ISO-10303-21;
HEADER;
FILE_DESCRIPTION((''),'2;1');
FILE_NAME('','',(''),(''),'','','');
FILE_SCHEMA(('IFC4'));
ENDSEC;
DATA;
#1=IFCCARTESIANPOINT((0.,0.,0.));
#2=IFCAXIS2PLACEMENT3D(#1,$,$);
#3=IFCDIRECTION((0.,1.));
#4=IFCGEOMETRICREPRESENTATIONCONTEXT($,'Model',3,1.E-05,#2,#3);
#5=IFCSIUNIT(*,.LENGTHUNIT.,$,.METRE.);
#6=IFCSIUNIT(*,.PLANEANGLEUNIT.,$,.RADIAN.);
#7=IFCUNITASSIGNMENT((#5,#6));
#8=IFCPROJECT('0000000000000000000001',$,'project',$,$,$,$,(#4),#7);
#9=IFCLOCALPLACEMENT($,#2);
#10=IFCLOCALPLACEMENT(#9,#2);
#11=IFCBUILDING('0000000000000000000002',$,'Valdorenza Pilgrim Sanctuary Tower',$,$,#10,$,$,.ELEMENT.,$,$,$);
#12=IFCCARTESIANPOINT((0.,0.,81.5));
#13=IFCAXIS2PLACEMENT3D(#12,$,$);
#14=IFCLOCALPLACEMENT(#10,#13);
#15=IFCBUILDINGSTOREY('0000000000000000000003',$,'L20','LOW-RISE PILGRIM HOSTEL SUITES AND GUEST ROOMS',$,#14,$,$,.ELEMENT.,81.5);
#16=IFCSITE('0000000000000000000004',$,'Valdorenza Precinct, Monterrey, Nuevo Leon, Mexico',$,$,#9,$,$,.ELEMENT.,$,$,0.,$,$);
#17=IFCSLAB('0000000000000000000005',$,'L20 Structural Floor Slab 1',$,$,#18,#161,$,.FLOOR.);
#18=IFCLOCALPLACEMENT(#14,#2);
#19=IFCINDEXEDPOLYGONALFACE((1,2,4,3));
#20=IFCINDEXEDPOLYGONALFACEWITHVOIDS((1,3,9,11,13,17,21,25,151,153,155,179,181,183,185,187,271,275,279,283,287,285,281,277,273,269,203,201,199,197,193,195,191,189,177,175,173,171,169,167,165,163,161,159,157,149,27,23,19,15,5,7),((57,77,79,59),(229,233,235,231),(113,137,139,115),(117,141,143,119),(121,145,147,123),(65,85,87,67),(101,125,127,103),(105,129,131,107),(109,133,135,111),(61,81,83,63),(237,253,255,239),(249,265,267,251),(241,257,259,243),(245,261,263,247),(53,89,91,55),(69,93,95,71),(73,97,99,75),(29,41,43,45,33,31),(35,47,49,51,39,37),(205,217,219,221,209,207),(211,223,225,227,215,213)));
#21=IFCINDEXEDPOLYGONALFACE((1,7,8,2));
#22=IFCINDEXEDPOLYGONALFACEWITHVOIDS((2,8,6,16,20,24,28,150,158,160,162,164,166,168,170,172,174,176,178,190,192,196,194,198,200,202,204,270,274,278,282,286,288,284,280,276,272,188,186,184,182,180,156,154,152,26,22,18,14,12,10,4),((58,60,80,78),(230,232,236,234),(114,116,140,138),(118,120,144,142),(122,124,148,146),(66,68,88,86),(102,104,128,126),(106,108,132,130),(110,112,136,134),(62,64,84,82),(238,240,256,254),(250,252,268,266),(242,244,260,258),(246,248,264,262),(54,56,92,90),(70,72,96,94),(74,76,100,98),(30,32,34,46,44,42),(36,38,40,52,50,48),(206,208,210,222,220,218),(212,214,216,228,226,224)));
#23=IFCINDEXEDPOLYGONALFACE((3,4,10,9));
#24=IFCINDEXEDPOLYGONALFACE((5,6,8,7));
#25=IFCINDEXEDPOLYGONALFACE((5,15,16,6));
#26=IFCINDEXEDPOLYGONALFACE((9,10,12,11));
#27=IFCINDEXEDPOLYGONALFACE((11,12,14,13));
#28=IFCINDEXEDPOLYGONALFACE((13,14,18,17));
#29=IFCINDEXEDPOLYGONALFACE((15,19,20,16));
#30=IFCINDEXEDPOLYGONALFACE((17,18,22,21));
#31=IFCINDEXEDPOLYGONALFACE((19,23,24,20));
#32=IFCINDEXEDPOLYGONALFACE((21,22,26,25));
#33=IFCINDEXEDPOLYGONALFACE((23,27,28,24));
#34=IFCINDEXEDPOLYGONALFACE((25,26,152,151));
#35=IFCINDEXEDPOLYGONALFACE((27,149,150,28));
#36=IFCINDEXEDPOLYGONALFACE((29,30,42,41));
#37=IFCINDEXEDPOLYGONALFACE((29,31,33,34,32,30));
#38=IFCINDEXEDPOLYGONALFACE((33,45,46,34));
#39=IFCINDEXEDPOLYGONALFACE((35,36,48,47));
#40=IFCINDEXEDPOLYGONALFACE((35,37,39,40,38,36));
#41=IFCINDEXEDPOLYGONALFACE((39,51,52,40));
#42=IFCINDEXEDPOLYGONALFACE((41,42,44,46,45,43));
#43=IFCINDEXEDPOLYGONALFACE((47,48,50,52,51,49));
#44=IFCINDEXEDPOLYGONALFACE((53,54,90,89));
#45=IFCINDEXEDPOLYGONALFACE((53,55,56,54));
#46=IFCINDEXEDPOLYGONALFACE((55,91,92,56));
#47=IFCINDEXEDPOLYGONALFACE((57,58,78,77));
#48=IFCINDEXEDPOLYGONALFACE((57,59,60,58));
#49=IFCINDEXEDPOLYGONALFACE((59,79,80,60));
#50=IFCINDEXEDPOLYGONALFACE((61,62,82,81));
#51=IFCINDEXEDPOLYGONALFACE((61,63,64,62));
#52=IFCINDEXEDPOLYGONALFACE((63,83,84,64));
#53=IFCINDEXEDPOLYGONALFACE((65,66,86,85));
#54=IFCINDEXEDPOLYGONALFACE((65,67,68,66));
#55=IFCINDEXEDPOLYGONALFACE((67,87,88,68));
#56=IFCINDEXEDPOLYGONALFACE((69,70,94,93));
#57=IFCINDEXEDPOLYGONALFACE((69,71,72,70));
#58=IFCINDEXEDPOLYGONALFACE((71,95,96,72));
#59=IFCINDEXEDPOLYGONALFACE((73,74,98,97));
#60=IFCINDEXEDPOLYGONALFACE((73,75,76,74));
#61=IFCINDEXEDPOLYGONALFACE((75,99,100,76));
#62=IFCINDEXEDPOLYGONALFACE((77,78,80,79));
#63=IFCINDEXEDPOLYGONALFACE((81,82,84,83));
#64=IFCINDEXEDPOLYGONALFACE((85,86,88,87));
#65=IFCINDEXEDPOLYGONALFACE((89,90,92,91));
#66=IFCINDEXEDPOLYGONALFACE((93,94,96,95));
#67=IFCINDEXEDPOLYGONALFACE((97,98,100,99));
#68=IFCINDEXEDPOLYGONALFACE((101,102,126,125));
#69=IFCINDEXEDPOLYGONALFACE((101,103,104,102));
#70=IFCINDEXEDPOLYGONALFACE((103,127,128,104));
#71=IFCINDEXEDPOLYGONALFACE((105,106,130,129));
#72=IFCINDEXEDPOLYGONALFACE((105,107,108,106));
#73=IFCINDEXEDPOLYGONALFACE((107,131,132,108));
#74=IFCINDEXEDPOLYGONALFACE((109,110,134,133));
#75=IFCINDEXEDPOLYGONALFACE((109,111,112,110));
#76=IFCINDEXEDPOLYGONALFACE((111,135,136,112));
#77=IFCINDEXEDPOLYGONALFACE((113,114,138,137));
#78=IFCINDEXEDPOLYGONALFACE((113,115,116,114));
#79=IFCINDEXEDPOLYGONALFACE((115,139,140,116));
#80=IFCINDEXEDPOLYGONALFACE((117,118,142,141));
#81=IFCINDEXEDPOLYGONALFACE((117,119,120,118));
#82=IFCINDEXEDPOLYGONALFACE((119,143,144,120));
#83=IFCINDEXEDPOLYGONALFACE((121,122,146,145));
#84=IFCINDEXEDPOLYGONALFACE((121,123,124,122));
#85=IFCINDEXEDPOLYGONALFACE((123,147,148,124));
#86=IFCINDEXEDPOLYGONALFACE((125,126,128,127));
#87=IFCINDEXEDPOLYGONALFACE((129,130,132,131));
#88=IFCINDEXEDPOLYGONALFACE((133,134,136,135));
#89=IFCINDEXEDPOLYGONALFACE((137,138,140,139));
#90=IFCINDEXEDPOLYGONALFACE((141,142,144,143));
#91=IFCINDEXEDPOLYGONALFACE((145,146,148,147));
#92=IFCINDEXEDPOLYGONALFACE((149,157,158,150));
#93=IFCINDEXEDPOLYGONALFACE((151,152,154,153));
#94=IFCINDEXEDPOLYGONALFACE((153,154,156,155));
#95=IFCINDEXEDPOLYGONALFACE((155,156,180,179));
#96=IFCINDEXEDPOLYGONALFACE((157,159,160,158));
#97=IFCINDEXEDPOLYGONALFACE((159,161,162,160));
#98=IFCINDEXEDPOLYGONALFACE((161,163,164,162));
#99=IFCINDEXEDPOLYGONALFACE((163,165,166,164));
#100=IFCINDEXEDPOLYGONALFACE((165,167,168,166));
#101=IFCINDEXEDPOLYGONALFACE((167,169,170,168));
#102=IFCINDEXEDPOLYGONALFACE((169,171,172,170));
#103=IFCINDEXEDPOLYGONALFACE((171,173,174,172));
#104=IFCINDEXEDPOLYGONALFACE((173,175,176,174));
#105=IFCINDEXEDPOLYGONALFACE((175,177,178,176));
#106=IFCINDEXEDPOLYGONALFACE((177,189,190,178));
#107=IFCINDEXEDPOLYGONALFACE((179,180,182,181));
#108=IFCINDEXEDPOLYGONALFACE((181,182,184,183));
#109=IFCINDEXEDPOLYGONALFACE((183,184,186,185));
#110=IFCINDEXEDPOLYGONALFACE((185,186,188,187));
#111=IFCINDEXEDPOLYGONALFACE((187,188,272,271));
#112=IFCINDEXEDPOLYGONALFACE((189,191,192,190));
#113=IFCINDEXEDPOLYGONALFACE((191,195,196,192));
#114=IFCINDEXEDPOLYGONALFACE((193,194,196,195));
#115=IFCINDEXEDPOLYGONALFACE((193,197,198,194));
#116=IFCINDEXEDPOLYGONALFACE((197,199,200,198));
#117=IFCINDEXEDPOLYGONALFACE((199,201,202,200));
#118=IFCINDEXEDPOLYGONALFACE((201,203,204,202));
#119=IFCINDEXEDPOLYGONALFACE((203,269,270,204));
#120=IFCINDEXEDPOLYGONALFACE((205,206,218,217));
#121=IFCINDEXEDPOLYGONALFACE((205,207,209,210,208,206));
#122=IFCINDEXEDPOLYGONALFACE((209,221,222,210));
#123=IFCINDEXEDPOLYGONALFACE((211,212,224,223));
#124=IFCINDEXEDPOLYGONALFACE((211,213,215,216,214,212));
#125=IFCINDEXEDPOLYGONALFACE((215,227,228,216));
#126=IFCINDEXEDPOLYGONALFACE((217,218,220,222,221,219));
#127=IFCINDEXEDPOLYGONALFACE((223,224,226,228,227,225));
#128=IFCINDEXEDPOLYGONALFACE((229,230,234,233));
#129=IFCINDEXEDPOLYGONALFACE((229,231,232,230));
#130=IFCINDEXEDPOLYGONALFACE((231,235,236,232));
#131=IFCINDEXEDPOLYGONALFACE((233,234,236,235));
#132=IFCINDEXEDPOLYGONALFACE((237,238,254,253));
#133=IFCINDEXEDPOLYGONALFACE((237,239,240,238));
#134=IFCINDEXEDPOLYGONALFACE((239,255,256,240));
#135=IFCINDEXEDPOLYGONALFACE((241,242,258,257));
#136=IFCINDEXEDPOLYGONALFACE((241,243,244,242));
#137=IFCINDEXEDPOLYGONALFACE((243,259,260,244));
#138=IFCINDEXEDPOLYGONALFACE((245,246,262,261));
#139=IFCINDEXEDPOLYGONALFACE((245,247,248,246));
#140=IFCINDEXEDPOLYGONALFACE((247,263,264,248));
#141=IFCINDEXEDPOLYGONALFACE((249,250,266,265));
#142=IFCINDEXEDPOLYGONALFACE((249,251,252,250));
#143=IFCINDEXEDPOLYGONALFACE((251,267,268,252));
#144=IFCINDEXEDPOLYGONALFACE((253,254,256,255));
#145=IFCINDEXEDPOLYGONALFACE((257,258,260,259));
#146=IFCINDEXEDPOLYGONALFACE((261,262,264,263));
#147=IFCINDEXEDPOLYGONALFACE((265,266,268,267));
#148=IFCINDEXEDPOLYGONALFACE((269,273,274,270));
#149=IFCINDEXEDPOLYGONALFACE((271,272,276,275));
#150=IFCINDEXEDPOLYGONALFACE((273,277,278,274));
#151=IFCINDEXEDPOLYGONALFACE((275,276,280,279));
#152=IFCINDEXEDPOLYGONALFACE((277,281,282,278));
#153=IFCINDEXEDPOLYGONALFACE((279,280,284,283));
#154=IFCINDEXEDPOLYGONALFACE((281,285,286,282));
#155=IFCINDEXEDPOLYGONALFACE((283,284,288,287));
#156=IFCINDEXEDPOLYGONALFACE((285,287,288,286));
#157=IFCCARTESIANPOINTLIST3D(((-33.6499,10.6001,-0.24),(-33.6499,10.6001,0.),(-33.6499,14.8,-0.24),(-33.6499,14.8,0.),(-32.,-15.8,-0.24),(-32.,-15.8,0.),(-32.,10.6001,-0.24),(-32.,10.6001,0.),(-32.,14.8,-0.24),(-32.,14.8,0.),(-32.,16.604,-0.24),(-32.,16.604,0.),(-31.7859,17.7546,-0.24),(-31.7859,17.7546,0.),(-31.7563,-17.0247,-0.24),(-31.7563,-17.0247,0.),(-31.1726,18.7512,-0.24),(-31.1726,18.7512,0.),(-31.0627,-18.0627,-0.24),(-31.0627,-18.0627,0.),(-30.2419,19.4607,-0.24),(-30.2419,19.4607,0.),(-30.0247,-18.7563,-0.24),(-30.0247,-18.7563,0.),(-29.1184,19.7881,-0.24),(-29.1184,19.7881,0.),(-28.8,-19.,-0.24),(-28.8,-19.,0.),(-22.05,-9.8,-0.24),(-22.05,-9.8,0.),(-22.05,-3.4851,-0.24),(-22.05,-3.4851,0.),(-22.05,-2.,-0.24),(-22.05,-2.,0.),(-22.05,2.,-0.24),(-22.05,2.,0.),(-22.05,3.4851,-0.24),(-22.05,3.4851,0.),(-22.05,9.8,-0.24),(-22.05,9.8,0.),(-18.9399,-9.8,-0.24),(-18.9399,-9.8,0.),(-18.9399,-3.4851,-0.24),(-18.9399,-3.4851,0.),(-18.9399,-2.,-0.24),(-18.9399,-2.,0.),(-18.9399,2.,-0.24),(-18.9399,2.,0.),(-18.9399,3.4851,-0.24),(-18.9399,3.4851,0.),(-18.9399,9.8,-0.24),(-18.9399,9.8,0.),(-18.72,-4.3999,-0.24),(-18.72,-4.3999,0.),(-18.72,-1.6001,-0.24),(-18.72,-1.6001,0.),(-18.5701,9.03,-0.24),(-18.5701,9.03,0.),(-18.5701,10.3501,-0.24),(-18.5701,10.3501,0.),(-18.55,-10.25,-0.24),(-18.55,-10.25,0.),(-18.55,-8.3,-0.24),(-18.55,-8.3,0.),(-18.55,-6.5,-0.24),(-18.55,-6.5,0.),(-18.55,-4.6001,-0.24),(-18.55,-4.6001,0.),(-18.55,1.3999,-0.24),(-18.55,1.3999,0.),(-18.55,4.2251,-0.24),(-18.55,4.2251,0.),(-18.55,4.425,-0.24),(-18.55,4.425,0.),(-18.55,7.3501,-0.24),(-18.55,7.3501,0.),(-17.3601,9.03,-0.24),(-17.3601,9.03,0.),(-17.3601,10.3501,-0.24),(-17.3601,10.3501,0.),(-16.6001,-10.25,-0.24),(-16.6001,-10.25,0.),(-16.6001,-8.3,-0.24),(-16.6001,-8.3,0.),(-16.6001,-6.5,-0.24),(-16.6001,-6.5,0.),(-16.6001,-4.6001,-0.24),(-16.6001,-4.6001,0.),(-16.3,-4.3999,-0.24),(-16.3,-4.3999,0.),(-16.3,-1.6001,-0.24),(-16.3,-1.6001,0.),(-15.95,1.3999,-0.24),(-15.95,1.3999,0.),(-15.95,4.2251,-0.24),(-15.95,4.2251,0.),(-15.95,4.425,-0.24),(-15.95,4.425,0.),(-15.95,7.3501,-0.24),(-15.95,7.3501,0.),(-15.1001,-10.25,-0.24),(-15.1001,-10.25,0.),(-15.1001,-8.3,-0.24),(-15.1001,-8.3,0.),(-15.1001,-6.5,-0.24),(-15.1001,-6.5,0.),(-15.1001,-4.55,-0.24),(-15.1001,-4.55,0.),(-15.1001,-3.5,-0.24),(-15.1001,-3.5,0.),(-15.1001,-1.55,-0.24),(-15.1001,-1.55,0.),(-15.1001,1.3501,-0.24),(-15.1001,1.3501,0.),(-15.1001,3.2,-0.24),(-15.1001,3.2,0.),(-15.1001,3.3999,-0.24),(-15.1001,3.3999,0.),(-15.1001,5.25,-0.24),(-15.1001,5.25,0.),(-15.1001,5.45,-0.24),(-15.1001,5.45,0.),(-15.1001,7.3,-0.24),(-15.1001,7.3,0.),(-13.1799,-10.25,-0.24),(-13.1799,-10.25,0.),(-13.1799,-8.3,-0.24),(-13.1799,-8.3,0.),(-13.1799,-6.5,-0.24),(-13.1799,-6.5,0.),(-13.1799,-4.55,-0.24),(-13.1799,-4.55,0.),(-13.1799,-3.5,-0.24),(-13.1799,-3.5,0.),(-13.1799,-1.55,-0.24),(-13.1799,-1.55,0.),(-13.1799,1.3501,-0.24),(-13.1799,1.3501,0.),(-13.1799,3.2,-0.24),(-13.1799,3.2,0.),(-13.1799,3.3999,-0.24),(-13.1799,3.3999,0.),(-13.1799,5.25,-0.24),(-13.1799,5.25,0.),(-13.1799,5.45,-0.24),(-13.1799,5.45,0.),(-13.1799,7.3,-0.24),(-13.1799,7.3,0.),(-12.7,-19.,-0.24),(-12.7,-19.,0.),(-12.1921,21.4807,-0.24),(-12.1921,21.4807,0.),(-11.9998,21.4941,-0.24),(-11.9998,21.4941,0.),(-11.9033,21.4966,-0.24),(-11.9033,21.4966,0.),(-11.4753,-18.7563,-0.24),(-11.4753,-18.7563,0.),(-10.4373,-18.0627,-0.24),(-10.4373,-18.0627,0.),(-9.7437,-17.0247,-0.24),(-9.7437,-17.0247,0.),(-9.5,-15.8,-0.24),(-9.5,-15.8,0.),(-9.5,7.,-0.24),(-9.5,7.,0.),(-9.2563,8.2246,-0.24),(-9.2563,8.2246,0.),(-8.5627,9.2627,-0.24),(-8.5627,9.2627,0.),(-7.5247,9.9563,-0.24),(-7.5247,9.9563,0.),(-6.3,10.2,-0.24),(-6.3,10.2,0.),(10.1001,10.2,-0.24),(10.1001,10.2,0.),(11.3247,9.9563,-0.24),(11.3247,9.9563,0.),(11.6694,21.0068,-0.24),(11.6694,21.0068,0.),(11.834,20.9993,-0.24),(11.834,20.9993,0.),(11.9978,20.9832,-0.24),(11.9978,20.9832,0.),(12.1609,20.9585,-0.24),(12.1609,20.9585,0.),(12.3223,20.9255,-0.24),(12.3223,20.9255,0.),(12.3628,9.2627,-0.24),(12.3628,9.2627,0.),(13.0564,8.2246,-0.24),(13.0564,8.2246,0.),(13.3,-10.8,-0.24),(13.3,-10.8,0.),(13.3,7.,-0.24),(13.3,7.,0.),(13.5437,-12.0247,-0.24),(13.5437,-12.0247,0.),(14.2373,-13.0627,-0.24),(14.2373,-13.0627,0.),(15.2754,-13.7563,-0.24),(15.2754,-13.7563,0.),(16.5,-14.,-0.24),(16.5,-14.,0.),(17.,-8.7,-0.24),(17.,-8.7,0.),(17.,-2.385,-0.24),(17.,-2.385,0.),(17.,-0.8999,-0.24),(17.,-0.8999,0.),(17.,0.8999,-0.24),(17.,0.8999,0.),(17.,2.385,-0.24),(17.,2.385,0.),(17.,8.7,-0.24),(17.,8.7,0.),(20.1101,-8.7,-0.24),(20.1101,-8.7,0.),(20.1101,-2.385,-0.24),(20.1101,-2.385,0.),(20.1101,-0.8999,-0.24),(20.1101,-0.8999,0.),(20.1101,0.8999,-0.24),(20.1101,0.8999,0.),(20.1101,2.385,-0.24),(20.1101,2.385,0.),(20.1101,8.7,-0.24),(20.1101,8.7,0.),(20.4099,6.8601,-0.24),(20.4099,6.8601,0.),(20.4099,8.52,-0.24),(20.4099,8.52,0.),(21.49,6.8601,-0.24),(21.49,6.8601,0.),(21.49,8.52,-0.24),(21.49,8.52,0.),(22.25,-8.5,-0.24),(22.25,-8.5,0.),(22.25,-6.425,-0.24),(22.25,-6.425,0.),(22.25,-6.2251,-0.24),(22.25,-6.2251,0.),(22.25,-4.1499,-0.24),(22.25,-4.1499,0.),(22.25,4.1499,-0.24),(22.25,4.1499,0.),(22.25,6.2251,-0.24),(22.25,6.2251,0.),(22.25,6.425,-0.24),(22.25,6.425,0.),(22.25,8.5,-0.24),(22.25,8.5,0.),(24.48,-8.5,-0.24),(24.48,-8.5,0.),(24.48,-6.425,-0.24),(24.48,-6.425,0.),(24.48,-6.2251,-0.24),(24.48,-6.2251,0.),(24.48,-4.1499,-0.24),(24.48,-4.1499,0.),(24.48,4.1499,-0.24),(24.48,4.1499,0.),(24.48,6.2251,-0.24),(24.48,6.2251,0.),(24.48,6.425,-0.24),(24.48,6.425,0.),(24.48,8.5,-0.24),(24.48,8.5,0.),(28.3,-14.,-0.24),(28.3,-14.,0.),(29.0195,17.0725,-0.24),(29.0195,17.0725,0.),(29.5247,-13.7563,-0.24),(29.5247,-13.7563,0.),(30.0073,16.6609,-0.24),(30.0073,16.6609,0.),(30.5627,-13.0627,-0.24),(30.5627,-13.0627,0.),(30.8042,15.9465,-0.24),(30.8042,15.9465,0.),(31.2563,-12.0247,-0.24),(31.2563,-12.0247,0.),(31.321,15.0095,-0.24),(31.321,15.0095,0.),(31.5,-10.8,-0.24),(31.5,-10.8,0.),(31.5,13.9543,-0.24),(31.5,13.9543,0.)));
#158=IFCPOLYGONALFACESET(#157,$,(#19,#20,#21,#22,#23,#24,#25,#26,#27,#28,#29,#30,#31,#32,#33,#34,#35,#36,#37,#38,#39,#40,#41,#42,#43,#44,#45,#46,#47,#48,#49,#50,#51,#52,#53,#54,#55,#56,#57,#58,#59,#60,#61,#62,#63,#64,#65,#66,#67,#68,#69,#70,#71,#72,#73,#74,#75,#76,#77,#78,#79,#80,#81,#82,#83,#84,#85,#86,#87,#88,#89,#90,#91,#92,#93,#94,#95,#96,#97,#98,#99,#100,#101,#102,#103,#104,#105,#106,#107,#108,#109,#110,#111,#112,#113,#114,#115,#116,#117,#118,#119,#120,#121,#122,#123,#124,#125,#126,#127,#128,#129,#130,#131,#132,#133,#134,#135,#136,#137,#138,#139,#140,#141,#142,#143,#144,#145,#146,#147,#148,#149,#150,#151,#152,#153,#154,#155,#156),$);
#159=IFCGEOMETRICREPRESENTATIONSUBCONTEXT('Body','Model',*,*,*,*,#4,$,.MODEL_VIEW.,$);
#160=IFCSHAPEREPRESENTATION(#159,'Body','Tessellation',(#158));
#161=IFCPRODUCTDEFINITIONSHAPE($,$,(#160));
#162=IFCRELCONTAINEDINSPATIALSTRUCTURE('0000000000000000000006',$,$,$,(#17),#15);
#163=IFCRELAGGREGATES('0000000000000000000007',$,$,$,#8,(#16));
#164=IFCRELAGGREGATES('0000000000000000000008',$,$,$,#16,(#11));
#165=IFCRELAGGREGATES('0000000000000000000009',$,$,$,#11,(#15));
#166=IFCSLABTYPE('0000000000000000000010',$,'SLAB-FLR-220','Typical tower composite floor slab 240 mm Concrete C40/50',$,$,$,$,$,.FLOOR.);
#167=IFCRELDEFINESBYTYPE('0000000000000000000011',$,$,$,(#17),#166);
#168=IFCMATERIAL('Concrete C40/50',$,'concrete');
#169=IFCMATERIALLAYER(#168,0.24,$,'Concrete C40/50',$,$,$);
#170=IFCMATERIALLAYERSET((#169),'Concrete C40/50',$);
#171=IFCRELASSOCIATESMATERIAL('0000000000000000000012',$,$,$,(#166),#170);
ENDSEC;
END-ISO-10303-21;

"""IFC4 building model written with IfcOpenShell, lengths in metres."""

from ifc_helpers import new_model, si_unit, direction, frame, origin, place, context, subcontext, project, spatial, polyline, outline, extrude, material, layer, layer_set, type_object, element, save


model = new_model("IFC4")

# Units and contexts
model_context = context("Model", 3, precision=1e-05, world=origin(), true_north=direction((0.0, 1.0)))
body_context = subcontext(model_context, "Body", "Model", "MODEL_VIEW")
ifc_project = project(units=[si_unit("LENGTHUNIT", "METRE"), si_unit("PLANEANGLEUNIT", "RADIAN")], contexts=[model_context])

# Site, building, storey
site_placement = place(None, origin())
site = spatial("IfcSite", under=ifc_project, at=site_placement, Name="Valdorenza Precinct, Monterrey, Nuevo Leon, Mexico", CompositionType="ELEMENT", RefElevation=0.0)
building_placement = place(site_placement, origin())
building = spatial("IfcBuilding", under=site, at=building_placement, Name="Valdorenza Pilgrim Sanctuary Tower", CompositionType="ELEMENT")
storey_placement = place(building_placement, frame((0.0, 0.0, 81.5)))
storey = spatial("IfcBuildingStorey", under=building, at=storey_placement, Name="L20", Description="LOW-RISE PILGRIM HOSTEL SUITES AND GUEST ROOMS", CompositionType="ELEMENT", Elevation=81.5)

# Slab
ifc_material_1 = material(Name="Concrete C40/50", Category="concrete")
ifc_layer_1 = layer(ifc_material_1, 0.24, Name="Concrete C40/50")
ifc_layer_set_1 = layer_set([ifc_layer_1], Name="Concrete C40/50")
slab_type_1 = type_object("IfcSlabType", Name="SLAB-FLR-220", Description="Typical tower composite floor slab 240 mm Concrete C40/50", PredefinedType="FLOOR", material=ifc_layer_set_1)
slab_1_placement = place(storey_placement, frame((0.0, 0.0, -0.24)))
element("IfcSlab", 1, at=slab_1_placement, inside=storey, type_object=slab_type_1, Name="L20 Structural Floor Slab 1", PredefinedType="FLOOR", context=body_context, shape_type="SweptSolid", body=[
    extrude(outline(polyline([(-31.7859, 17.7546), (-31.1726, 18.7512), (-30.2419, 19.4607), (-29.1184, 19.7881), (-12.1921, 21.4807), (-11.9998, 21.4941), (-11.9033, 21.4966), (11.6694, 21.0068), (11.834, 20.9993), (11.9978, 20.9832), (12.1609, 20.9585), (12.3223, 20.9255), (29.0195, 17.0725), (30.0073, 16.6609), (30.8042, 15.9465), (31.321, 15.0095), (31.5, 13.9543), (31.5, -10.8), (31.2563, -12.0247), (30.5627, -13.0627), (29.5247, -13.7563), (28.3, -14.0), (16.5, -14.0), (15.2754, -13.7563), (14.2373, -13.0627), (13.5437, -12.0247), (13.3, -10.8), (13.3, 7.0), (13.0564, 8.2246), (12.3628, 9.2627), (11.3247, 9.9563), (10.1001, 10.2), (-6.3, 10.2), (-7.5247, 9.9563), (-8.5627, 9.2627), (-9.2563, 8.2246), (-9.5, 7.0), (-9.5, -15.8), (-9.7437, -17.0247), (-10.4373, -18.0627), (-11.4753, -18.7563), (-12.7, -19.0), (-28.8, -19.0), (-30.0247, -18.7563), (-31.0627, -18.0627), (-31.7563, -17.0247), (-32.0, -15.8), (-32.0, 10.6001), (-33.6499, 10.6001), (-33.6499, 14.8), (-32.0, 14.8), (-32.0, 16.604), (-31.7859, 17.7546)]), holes=[polyline([(-16.6001, -10.25), (-16.6001, -8.3), (-18.55, -8.3), (-18.55, -10.25), (-16.6001, -10.25)]), polyline([(-22.05, -9.8), (-18.9399, -9.8), (-18.9399, -3.4851), (-18.9399, -2.0), (-22.05, -2.0), (-22.05, -3.4851), (-22.05, -9.8)]), polyline([(-18.55, -6.5), (-16.6001, -6.5), (-16.6001, -4.6001), (-18.55, -4.6001), (-18.55, -6.5)]), polyline([(-13.1799, -6.5), (-13.1799, -4.55), (-15.1001, -4.55), (-15.1001, -6.5), (-13.1799, -6.5)]), polyline([(-18.72, -4.3999), (-16.3, -4.3999), (-16.3, -1.6001), (-18.72, -1.6001), (-18.72, -4.3999)]), polyline([(-13.1799, -3.5), (-13.1799, -1.55), (-15.1001, -1.55), (-15.1001, -3.5), (-13.1799, -3.5)]), polyline([(-22.05, 2.0), (-18.9399, 2.0), (-18.9399, 3.4851), (-18.9399, 9.8), (-22.05, 9.8), (-22.05, 3.4851), (-22.05, 2.0)]), polyline([(-18.55, 1.3999), (-15.95, 1.3999), (-15.95, 4.2251), (-18.55, 4.2251), (-18.55, 1.3999)]), polyline([(-15.95, 4.425), (-15.95, 7.3501), (-18.55, 7.3501), (-18.55, 4.425), (-15.95, 4.425)]), polyline([(-15.1001, 5.45), (-13.1799, 5.45), (-13.1799, 7.3), (-15.1001, 7.3), (-15.1001, 5.45)]), polyline([(-17.3601, 9.03), (-17.3601, 10.3501), (-18.5701, 10.3501), (-18.5701, 9.03), (-17.3601, 9.03)]), polyline([(-15.1001, -10.25), (-13.1799, -10.25), (-13.1799, -8.3), (-15.1001, -8.3), (-15.1001, -10.25)]), polyline([(22.25, -8.5), (24.48, -8.5), (24.48, -6.425), (22.25, -6.425), (22.25, -8.5)]), polyline([(17.0, -2.385), (17.0, -8.7), (20.1101, -8.7), (20.1101, -2.385), (20.1101, -0.8999), (17.0, -0.8999), (17.0, -2.385)]), polyline([(22.25, -6.2251), (24.48, -6.2251), (24.48, -4.1499), (22.25, -4.1499), (22.25, -6.2251)]), polyline([(17.0, 0.8999), (20.1101, 0.8999), (20.1101, 2.385), (20.1101, 8.7), (17.0, 8.7), (17.0, 2.385), (17.0, 0.8999)]), polyline([(-15.1001, 1.3501), (-13.1799, 1.3501), (-13.1799, 3.2), (-15.1001, 3.2), (-15.1001, 1.3501)]), polyline([(-15.1001, 3.3999), (-13.1799, 3.3999), (-13.1799, 5.25), (-15.1001, 5.25), (-15.1001, 3.3999)]), polyline([(22.25, 4.1499), (24.48, 4.1499), (24.48, 6.2251), (22.25, 6.2251), (22.25, 4.1499)]), polyline([(22.25, 6.425), (24.48, 6.425), (24.48, 8.5), (22.25, 8.5), (22.25, 6.425)]), polyline([(20.4099, 6.8601), (21.49, 6.8601), (21.49, 8.52), (20.4099, 8.52), (20.4099, 6.8601)])]), origin(), (0.0, 0.0, 1.0), 0.24),
])

save(model, "model.ifc")
